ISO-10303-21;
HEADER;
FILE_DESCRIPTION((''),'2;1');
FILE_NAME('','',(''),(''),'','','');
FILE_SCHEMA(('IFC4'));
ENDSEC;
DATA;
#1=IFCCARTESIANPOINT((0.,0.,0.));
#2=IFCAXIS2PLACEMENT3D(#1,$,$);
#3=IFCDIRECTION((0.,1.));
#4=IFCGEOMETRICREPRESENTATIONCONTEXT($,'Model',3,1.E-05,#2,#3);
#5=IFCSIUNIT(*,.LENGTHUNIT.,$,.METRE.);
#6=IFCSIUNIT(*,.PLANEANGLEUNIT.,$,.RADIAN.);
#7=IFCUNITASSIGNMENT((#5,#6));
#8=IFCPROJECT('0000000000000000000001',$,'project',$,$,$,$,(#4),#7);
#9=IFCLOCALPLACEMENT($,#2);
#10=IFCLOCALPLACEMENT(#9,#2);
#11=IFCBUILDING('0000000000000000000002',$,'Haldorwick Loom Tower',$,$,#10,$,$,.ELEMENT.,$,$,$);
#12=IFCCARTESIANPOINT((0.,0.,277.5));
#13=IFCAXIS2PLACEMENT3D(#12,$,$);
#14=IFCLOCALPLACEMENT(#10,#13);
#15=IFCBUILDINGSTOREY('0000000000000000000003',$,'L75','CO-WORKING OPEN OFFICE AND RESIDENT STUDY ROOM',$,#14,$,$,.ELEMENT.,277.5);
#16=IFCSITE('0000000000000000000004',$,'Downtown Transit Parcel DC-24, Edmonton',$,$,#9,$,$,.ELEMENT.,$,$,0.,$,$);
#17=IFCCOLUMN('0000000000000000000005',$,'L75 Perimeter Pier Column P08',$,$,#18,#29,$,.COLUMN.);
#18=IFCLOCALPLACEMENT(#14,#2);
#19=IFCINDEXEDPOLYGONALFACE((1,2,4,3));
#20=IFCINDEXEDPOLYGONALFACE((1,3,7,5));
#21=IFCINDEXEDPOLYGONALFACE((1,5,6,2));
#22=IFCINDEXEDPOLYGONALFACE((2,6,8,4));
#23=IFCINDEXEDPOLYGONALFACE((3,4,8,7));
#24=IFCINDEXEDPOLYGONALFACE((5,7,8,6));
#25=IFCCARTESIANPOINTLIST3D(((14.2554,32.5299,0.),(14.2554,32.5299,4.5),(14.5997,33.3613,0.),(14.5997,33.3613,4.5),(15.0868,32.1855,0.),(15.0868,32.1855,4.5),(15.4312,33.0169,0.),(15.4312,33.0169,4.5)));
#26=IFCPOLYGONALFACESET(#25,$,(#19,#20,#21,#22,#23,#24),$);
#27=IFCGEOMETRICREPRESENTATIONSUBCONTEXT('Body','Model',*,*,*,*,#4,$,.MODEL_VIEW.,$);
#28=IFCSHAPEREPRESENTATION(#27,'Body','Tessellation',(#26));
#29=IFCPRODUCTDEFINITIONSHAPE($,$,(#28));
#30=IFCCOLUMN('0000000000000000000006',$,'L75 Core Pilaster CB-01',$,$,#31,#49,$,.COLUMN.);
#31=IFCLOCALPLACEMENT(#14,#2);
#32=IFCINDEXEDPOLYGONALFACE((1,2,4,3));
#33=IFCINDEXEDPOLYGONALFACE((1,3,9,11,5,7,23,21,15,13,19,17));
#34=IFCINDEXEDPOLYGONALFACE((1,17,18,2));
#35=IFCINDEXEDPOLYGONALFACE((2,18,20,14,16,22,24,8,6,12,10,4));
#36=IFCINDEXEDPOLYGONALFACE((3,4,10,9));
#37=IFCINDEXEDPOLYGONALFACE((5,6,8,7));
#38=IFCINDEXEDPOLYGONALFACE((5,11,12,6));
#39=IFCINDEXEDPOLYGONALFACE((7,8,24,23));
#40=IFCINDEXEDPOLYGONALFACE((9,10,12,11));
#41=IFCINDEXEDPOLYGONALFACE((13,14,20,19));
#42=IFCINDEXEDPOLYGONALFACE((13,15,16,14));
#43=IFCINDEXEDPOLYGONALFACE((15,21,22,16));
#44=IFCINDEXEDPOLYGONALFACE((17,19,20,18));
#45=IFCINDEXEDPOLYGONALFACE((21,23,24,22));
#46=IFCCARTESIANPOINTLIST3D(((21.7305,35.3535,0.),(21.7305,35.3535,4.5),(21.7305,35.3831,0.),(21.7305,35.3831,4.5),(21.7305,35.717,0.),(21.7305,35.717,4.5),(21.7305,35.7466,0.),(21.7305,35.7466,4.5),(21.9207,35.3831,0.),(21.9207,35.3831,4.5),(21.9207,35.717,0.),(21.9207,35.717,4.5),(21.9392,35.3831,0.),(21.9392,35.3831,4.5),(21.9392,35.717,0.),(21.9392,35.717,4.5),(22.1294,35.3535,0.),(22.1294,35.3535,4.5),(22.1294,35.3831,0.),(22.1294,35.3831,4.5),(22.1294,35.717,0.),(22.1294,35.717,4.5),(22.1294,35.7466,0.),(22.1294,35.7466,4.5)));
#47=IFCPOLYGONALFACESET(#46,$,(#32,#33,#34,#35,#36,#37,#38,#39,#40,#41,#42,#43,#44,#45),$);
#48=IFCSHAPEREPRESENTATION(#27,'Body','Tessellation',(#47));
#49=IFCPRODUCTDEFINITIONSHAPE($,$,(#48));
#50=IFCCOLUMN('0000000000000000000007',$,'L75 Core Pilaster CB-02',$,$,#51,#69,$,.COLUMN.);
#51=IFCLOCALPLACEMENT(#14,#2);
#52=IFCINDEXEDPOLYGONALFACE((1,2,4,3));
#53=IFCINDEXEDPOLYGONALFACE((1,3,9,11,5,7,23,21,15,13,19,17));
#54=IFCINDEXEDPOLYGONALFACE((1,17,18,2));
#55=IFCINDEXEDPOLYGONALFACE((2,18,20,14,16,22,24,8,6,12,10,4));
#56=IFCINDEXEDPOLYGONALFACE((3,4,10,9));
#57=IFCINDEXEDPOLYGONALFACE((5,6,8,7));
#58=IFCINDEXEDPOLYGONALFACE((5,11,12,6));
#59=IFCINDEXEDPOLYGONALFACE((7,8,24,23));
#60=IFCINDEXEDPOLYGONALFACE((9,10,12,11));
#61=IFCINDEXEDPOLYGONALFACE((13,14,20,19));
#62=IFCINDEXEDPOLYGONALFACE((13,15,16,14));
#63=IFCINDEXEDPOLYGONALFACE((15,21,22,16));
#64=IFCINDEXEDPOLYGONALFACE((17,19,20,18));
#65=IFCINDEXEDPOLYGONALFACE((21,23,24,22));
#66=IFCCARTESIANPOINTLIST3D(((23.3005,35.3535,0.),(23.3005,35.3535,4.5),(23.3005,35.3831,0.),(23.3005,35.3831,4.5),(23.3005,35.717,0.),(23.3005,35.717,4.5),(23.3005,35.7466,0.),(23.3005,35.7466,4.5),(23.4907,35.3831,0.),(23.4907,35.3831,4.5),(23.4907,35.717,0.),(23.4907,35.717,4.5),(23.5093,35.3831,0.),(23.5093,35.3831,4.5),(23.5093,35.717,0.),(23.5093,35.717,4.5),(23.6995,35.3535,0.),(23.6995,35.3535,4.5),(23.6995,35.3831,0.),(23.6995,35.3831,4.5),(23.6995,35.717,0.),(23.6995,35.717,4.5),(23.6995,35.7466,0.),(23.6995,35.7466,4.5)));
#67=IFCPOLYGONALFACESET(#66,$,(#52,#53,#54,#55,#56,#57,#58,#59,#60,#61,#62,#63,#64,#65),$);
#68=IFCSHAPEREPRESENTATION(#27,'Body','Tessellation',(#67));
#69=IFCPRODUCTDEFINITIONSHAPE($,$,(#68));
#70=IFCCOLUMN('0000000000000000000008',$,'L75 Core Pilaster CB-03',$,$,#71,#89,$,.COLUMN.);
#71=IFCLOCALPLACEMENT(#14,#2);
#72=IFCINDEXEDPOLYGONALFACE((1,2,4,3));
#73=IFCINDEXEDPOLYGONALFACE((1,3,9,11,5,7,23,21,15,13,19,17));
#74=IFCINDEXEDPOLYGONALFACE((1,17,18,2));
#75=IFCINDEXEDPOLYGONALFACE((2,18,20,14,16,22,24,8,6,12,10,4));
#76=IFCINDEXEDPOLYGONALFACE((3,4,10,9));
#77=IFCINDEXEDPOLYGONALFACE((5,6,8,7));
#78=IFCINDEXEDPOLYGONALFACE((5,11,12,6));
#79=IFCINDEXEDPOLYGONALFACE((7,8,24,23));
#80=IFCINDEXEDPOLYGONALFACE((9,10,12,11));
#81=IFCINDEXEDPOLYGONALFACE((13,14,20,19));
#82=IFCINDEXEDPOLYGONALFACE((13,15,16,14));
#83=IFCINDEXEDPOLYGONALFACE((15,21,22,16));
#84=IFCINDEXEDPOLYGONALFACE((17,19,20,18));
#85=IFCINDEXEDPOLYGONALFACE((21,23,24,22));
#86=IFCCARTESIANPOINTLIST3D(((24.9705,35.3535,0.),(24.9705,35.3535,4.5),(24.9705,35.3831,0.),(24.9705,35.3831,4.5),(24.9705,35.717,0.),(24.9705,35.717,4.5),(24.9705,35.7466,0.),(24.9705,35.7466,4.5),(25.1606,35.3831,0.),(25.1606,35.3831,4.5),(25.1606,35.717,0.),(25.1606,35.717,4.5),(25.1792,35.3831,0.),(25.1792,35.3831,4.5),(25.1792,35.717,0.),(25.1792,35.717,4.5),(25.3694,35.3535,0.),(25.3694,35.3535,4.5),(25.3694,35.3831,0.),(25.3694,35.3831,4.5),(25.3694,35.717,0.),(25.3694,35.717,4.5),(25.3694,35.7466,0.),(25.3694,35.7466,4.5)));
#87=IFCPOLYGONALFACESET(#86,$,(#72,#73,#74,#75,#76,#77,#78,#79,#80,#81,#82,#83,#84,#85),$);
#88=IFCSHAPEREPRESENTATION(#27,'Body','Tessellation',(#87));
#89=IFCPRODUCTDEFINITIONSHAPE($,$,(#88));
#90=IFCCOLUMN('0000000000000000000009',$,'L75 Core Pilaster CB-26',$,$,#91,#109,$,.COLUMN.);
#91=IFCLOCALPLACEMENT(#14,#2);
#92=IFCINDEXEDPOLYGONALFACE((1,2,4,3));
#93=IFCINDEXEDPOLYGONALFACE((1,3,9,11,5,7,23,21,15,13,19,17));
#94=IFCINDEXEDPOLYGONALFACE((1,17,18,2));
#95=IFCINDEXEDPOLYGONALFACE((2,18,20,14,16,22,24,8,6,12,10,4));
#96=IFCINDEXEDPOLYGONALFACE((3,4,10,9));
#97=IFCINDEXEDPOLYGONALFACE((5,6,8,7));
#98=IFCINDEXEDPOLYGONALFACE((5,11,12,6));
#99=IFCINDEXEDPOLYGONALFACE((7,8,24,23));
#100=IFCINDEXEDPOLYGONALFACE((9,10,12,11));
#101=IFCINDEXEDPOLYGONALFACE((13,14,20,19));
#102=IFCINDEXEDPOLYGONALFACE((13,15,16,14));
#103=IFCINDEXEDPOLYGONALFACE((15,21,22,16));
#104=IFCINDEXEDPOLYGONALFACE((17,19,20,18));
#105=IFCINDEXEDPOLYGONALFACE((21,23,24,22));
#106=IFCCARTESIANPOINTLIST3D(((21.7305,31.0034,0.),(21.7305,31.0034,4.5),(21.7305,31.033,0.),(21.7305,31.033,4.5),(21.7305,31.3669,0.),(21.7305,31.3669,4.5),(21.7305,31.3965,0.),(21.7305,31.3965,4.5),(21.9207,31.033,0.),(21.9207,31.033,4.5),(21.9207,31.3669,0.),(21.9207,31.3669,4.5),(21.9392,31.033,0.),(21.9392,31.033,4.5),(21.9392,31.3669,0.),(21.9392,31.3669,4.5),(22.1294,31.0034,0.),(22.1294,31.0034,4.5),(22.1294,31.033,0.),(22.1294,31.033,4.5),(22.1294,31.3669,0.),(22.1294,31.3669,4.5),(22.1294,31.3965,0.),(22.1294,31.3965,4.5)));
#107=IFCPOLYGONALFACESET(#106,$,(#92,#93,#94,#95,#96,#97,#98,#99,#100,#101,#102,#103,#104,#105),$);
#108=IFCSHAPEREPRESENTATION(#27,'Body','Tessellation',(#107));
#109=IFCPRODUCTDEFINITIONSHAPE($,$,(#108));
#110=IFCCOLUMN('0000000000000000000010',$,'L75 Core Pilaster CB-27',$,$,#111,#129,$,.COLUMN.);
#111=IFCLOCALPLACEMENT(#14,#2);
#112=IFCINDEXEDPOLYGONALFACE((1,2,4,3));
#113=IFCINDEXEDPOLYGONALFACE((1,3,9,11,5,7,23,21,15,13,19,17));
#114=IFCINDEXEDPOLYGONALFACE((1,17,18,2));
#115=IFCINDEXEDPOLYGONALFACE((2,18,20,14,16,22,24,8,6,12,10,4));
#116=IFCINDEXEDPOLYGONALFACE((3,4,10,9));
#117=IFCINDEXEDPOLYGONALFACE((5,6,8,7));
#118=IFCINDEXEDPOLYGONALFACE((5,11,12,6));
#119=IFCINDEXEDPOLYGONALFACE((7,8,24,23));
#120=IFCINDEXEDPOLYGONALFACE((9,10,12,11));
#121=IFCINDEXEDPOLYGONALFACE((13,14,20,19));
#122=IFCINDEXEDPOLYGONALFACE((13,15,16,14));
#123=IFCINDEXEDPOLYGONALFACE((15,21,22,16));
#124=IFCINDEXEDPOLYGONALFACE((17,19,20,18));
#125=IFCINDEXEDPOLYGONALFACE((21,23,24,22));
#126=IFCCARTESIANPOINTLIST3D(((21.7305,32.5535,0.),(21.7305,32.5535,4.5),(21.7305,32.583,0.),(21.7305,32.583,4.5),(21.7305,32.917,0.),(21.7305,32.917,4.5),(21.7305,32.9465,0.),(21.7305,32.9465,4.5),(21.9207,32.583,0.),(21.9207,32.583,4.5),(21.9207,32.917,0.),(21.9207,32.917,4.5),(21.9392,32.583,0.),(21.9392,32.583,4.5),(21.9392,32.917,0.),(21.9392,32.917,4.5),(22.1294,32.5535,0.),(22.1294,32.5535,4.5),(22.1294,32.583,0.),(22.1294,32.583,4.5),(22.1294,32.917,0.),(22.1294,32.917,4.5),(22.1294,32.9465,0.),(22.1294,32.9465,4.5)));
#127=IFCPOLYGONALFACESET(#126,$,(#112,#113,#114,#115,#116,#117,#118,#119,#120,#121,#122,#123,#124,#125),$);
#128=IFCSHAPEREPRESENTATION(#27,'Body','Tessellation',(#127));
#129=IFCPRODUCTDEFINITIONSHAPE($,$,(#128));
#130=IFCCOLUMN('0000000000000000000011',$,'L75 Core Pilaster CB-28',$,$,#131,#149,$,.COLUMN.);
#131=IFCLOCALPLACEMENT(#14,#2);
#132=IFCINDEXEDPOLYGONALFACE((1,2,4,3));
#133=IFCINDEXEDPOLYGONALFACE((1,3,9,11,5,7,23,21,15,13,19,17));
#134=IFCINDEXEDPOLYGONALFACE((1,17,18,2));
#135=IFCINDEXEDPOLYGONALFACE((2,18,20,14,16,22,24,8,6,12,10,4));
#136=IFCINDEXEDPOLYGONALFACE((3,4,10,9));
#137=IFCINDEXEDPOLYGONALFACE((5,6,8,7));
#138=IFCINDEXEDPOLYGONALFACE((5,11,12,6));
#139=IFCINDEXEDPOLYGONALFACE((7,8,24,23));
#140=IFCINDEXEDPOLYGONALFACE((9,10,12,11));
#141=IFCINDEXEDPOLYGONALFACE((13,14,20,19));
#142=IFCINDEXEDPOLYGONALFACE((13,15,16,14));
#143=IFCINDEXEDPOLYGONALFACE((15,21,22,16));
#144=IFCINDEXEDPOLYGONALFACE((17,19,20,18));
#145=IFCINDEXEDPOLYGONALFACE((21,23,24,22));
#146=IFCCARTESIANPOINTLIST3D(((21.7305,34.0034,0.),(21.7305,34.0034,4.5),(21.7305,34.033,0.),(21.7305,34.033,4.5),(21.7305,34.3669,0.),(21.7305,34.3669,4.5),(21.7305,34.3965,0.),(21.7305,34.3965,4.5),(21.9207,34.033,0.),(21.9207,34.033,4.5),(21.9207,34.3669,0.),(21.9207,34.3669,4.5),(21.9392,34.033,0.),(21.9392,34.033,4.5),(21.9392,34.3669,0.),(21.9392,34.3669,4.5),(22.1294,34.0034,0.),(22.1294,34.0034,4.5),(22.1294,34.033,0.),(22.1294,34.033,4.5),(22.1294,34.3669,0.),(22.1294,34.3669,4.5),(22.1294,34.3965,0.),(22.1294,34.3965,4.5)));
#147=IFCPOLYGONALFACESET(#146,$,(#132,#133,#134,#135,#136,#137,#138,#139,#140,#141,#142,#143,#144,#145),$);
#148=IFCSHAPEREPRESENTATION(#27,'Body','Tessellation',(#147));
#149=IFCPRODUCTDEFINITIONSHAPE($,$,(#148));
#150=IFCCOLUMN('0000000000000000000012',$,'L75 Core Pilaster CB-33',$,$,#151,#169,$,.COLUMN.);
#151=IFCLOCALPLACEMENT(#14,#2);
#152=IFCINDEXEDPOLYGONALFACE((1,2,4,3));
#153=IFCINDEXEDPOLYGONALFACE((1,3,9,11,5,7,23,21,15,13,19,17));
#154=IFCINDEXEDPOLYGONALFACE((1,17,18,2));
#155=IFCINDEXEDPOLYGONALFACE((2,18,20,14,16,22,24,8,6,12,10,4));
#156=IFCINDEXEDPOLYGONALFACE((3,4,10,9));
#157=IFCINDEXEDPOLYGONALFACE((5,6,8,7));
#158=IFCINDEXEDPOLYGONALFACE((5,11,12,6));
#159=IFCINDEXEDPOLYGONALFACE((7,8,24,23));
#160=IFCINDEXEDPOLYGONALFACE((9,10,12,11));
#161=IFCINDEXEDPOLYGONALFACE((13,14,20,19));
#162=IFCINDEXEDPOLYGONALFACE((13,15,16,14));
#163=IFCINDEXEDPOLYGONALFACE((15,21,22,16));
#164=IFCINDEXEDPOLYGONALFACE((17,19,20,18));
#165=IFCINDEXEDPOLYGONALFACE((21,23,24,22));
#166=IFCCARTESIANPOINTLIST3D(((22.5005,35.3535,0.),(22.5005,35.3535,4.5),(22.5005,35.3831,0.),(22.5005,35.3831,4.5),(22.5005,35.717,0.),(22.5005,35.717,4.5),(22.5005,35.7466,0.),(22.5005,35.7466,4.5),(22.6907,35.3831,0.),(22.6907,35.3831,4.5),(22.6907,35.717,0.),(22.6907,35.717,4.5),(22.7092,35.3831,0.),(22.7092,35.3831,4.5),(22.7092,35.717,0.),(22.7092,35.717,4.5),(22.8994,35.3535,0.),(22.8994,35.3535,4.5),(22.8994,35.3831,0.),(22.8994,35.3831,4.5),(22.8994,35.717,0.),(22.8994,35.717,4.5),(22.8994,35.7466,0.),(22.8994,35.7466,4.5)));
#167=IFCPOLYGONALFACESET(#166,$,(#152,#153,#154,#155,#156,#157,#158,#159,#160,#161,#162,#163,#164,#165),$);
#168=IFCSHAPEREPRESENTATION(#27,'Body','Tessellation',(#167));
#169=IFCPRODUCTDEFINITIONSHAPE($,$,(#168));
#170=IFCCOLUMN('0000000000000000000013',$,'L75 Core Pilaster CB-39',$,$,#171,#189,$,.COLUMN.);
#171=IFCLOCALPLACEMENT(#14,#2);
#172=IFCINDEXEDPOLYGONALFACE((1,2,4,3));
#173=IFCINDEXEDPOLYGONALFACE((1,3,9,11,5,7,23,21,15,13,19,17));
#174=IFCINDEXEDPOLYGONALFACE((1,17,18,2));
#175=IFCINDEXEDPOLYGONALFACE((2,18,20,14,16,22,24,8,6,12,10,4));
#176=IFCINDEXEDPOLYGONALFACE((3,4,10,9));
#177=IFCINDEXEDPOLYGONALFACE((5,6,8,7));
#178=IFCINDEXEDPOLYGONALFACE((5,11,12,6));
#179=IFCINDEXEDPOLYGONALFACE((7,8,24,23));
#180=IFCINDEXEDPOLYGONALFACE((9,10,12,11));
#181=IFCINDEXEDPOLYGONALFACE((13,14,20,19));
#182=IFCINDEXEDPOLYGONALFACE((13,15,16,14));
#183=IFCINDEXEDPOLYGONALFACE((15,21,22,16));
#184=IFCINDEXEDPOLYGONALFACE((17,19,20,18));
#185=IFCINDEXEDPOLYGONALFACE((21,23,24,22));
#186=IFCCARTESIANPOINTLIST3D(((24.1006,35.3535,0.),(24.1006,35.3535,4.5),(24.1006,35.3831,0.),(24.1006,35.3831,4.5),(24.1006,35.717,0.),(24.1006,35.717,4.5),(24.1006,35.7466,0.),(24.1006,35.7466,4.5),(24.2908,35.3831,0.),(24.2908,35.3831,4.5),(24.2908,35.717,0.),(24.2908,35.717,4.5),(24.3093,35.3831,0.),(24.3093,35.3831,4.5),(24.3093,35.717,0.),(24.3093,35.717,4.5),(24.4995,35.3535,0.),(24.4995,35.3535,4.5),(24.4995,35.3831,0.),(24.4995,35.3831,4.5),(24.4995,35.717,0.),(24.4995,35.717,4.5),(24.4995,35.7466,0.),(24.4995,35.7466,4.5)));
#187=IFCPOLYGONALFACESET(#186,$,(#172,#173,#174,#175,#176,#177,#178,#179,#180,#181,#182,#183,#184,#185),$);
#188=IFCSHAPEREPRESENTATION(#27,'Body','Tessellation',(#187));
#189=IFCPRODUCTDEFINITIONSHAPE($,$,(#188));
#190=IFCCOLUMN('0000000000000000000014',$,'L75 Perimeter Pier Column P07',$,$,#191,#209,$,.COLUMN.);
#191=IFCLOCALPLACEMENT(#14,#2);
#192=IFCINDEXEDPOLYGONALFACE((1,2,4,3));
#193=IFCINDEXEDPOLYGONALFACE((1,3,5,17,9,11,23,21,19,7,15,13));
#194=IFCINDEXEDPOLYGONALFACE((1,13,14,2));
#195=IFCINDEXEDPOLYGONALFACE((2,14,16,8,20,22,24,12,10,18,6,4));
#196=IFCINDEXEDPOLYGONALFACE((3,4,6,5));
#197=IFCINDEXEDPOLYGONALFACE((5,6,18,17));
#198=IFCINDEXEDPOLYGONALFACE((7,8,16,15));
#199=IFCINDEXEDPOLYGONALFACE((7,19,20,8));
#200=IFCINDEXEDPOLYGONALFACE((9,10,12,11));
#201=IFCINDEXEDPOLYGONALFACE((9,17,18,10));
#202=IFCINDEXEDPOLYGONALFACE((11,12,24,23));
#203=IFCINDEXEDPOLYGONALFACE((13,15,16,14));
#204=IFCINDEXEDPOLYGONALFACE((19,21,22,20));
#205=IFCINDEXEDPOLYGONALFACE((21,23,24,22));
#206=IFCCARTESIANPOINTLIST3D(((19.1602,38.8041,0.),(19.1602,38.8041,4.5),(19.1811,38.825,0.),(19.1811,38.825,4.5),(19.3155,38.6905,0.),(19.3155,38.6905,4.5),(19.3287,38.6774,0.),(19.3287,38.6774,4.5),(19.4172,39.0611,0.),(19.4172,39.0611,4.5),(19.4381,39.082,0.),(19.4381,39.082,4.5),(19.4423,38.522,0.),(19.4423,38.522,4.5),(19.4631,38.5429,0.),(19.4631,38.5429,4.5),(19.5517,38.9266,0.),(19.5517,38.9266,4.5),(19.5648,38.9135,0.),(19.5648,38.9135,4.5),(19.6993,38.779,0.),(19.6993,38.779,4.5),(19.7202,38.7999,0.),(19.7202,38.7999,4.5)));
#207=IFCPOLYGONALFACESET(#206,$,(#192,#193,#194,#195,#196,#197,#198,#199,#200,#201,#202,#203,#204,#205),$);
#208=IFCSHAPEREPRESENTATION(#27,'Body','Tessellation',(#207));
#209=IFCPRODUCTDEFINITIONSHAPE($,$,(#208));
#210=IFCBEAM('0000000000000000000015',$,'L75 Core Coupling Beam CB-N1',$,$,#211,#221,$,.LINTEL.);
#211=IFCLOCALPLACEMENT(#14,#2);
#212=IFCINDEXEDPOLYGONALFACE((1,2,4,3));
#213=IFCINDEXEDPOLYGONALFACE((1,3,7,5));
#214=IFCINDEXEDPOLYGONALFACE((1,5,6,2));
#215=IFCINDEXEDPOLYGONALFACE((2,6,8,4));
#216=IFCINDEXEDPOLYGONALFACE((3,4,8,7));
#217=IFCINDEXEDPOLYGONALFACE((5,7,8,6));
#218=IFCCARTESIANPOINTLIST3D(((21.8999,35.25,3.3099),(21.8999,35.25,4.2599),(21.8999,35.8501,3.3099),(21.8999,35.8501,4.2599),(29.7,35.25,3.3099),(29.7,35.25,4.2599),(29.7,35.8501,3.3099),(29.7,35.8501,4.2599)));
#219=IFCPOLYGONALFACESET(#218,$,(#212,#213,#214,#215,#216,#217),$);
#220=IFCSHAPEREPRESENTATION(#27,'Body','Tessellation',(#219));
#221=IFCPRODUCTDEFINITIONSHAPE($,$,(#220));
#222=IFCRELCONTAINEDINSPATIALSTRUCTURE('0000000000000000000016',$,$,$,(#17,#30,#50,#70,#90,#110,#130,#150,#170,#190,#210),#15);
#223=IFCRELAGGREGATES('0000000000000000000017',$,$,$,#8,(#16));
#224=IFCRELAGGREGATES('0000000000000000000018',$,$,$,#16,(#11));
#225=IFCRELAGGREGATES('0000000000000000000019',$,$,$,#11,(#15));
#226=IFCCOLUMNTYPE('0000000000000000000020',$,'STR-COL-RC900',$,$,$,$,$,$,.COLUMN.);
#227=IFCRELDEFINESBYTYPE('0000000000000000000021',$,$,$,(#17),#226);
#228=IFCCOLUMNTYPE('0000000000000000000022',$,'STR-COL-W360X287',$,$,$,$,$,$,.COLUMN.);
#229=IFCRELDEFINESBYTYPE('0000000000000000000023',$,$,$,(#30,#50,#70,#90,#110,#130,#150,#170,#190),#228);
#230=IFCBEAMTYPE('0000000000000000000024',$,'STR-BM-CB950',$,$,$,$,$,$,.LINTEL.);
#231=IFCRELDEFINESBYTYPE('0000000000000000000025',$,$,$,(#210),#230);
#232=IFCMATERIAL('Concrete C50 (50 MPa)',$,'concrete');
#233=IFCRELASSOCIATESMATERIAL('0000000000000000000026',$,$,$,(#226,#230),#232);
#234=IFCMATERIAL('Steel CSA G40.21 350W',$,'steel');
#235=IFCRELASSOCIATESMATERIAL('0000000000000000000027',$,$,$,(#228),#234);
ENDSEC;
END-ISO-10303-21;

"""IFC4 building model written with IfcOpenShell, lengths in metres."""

from ifc_helpers import new_model, si_unit, direction, frame, origin, origin_2d, place, context, subcontext, project, spatial, rectangle, i_section, extrude, material, material_profile, profile_set, type_object, element, save


model = new_model("IFC4")

# Units and contexts
model_context = context("Model", 3, precision=1e-05, world=origin(), true_north=direction((0.0, 1.0)))
body_context = subcontext(model_context, "Body", "Model", "MODEL_VIEW")
ifc_project = project(units=[si_unit("LENGTHUNIT", "METRE"), si_unit("PLANEANGLEUNIT", "RADIAN")], contexts=[model_context])

# Site, building, storey
site_placement = place(None, origin())
site = spatial("IfcSite", under=ifc_project, at=site_placement, Name="Downtown Transit Parcel DC-24, Edmonton", CompositionType="ELEMENT", RefElevation=0.0)
building_placement = place(site_placement, origin())
building = spatial("IfcBuilding", under=site, at=building_placement, Name="Haldorwick Loom Tower", CompositionType="ELEMENT")
storey_placement = place(building_placement, frame((0.0, 0.0, 277.5)))
storey = spatial("IfcBuildingStorey", under=building, at=storey_placement, Name="L75", Description="CO-WORKING OPEN OFFICE AND RESIDENT STUDY ROOM", CompositionType="ELEMENT", Elevation=277.5)

# Columns
ifc_material_1 = material(Name="Concrete C50 (50 MPa)", Category="concrete")
ifc_material_profile_1 = material_profile(ifc_material_1, rectangle(XDim=0.8999, YDim=0.8999, at=origin_2d()), Name="RC900X900", Category="concrete")
ifc_profile_set_1 = profile_set([ifc_material_profile_1], Name="Concrete C50 (50 MPa)")
column_type_1 = type_object("IfcColumnType", Name="STR-COL-RC900", PredefinedType="COLUMN", material=ifc_profile_set_1)
column_placement = place(storey_placement, frame((14.8433, 32.7734, 0.0), z_axis=(0.0, 0.0, 1.0), x_axis=(-0.92388, 0.382683, 0.0)))
element("IfcColumn", 1, at=column_placement, inside=storey, type_object=column_type_1, Name="L75 Perimeter Pier Column P08", PredefinedType="COLUMN", context=body_context, shape_type="SweptSolid", body=[
    extrude(rectangle(XDim=0.8999, YDim=0.8999, at=origin_2d()), origin(), (0.0, 0.0, 1.0), 4.5),
])
ifc_material_2 = material(Name="Steel CSA G40.21 350W", Category="steel")
ifc_material_profile_2 = material_profile(ifc_material_2, i_section(OverallWidth=0.3989, OverallDepth=0.3931, WebThickness=0.0186, FlangeThickness=0.0295, at=origin_2d()), Name="W360X287", Category="steel")
ifc_profile_set_2 = profile_set([ifc_material_profile_2], Name="Steel CSA G40.21 350W")
column_type_2 = type_object("IfcColumnType", Name="STR-COL-W360X287", PredefinedType="COLUMN", material=ifc_profile_set_2)
for number, where, z_axis, x_axis, name in (
    (2, (21.9299, 35.55, 0.0), (0.0, 0.0, 1.0), (1.0, 0.0, 0.0), "L75 Core Pilaster CB-01"),
    (3, (23.5, 35.55, 0.0), (0.0, 0.0, 1.0), (1.0, 0.0, 0.0), "L75 Core Pilaster CB-02"),
    (4, (25.1699, 35.55, 0.0), (0.0, 0.0, 1.0), (1.0, 0.0, 0.0), "L75 Core Pilaster CB-03"),
    (5, (21.9299, 31.2, 0.0), (0.0, 0.0, 1.0), (1.0, 0.0, 0.0), "L75 Core Pilaster CB-26"),
    (6, (21.9299, 32.75, 0.0), (0.0, 0.0, 1.0), (1.0, 0.0, 0.0), "L75 Core Pilaster CB-27"),
    (7, (21.9299, 34.2, 0.0), (0.0, 0.0, 1.0), (1.0, 0.0, 0.0), "L75 Core Pilaster CB-28"),
    (8, (22.7, 35.55, 0.0), (0.0, 0.0, 1.0), (1.0, 0.0, 0.0), "L75 Core Pilaster CB-33"),
    (9, (24.3, 35.55, 0.0), (0.0, 0.0, 1.0), (1.0, 0.0, 0.0), "L75 Core Pilaster CB-39"),
    (10, (19.4402, 38.802, 0.0), (0.0, 0.0, 1.0), (-0.707107, 0.707107, 0.0), "L75 Perimeter Pier Column P07"),
):
    element("IfcColumn", number, at=place(storey_placement, frame(where, z_axis=z_axis, x_axis=x_axis)), inside=storey, type_object=column_type_2, Name=name, PredefinedType="COLUMN", context=body_context, shape_type="SweptSolid", body=[
        extrude(i_section(OverallWidth=0.3989, OverallDepth=0.3931, WebThickness=0.0186, FlangeThickness=0.0295, at=origin_2d()), origin(), (0.0, 0.0, 1.0), 4.5),
    ])

# Beam
ifc_material_profile_3 = material_profile(ifc_material_1, rectangle(XDim=0.6001, YDim=0.95, at=origin_2d()), Name="RC600X950", Category="concrete")
ifc_profile_set_3 = profile_set([ifc_material_profile_3], Name="Concrete C50 (50 MPa)")
beam_type_1 = type_object("IfcBeamType", Name="STR-BM-CB950", PredefinedType="LINTEL", material=ifc_profile_set_3)
beam_1_placement = place(storey_placement, frame((21.8999, 35.55, 3.7849), z_axis=(1.0, 0.0, 0.0), x_axis=(0.0, 1.0, 0.0)))
element("IfcBeam", 11, at=beam_1_placement, inside=storey, type_object=beam_type_1, Name="L75 Core Coupling Beam CB-N1", PredefinedType="LINTEL", context=body_context, shape_type="SweptSolid", body=[
    extrude(rectangle(XDim=0.6001, YDim=0.95, at=origin_2d()), origin(), (0.0, 0.0, 1.0), 7.8),
])

save(model, "model.ifc")
